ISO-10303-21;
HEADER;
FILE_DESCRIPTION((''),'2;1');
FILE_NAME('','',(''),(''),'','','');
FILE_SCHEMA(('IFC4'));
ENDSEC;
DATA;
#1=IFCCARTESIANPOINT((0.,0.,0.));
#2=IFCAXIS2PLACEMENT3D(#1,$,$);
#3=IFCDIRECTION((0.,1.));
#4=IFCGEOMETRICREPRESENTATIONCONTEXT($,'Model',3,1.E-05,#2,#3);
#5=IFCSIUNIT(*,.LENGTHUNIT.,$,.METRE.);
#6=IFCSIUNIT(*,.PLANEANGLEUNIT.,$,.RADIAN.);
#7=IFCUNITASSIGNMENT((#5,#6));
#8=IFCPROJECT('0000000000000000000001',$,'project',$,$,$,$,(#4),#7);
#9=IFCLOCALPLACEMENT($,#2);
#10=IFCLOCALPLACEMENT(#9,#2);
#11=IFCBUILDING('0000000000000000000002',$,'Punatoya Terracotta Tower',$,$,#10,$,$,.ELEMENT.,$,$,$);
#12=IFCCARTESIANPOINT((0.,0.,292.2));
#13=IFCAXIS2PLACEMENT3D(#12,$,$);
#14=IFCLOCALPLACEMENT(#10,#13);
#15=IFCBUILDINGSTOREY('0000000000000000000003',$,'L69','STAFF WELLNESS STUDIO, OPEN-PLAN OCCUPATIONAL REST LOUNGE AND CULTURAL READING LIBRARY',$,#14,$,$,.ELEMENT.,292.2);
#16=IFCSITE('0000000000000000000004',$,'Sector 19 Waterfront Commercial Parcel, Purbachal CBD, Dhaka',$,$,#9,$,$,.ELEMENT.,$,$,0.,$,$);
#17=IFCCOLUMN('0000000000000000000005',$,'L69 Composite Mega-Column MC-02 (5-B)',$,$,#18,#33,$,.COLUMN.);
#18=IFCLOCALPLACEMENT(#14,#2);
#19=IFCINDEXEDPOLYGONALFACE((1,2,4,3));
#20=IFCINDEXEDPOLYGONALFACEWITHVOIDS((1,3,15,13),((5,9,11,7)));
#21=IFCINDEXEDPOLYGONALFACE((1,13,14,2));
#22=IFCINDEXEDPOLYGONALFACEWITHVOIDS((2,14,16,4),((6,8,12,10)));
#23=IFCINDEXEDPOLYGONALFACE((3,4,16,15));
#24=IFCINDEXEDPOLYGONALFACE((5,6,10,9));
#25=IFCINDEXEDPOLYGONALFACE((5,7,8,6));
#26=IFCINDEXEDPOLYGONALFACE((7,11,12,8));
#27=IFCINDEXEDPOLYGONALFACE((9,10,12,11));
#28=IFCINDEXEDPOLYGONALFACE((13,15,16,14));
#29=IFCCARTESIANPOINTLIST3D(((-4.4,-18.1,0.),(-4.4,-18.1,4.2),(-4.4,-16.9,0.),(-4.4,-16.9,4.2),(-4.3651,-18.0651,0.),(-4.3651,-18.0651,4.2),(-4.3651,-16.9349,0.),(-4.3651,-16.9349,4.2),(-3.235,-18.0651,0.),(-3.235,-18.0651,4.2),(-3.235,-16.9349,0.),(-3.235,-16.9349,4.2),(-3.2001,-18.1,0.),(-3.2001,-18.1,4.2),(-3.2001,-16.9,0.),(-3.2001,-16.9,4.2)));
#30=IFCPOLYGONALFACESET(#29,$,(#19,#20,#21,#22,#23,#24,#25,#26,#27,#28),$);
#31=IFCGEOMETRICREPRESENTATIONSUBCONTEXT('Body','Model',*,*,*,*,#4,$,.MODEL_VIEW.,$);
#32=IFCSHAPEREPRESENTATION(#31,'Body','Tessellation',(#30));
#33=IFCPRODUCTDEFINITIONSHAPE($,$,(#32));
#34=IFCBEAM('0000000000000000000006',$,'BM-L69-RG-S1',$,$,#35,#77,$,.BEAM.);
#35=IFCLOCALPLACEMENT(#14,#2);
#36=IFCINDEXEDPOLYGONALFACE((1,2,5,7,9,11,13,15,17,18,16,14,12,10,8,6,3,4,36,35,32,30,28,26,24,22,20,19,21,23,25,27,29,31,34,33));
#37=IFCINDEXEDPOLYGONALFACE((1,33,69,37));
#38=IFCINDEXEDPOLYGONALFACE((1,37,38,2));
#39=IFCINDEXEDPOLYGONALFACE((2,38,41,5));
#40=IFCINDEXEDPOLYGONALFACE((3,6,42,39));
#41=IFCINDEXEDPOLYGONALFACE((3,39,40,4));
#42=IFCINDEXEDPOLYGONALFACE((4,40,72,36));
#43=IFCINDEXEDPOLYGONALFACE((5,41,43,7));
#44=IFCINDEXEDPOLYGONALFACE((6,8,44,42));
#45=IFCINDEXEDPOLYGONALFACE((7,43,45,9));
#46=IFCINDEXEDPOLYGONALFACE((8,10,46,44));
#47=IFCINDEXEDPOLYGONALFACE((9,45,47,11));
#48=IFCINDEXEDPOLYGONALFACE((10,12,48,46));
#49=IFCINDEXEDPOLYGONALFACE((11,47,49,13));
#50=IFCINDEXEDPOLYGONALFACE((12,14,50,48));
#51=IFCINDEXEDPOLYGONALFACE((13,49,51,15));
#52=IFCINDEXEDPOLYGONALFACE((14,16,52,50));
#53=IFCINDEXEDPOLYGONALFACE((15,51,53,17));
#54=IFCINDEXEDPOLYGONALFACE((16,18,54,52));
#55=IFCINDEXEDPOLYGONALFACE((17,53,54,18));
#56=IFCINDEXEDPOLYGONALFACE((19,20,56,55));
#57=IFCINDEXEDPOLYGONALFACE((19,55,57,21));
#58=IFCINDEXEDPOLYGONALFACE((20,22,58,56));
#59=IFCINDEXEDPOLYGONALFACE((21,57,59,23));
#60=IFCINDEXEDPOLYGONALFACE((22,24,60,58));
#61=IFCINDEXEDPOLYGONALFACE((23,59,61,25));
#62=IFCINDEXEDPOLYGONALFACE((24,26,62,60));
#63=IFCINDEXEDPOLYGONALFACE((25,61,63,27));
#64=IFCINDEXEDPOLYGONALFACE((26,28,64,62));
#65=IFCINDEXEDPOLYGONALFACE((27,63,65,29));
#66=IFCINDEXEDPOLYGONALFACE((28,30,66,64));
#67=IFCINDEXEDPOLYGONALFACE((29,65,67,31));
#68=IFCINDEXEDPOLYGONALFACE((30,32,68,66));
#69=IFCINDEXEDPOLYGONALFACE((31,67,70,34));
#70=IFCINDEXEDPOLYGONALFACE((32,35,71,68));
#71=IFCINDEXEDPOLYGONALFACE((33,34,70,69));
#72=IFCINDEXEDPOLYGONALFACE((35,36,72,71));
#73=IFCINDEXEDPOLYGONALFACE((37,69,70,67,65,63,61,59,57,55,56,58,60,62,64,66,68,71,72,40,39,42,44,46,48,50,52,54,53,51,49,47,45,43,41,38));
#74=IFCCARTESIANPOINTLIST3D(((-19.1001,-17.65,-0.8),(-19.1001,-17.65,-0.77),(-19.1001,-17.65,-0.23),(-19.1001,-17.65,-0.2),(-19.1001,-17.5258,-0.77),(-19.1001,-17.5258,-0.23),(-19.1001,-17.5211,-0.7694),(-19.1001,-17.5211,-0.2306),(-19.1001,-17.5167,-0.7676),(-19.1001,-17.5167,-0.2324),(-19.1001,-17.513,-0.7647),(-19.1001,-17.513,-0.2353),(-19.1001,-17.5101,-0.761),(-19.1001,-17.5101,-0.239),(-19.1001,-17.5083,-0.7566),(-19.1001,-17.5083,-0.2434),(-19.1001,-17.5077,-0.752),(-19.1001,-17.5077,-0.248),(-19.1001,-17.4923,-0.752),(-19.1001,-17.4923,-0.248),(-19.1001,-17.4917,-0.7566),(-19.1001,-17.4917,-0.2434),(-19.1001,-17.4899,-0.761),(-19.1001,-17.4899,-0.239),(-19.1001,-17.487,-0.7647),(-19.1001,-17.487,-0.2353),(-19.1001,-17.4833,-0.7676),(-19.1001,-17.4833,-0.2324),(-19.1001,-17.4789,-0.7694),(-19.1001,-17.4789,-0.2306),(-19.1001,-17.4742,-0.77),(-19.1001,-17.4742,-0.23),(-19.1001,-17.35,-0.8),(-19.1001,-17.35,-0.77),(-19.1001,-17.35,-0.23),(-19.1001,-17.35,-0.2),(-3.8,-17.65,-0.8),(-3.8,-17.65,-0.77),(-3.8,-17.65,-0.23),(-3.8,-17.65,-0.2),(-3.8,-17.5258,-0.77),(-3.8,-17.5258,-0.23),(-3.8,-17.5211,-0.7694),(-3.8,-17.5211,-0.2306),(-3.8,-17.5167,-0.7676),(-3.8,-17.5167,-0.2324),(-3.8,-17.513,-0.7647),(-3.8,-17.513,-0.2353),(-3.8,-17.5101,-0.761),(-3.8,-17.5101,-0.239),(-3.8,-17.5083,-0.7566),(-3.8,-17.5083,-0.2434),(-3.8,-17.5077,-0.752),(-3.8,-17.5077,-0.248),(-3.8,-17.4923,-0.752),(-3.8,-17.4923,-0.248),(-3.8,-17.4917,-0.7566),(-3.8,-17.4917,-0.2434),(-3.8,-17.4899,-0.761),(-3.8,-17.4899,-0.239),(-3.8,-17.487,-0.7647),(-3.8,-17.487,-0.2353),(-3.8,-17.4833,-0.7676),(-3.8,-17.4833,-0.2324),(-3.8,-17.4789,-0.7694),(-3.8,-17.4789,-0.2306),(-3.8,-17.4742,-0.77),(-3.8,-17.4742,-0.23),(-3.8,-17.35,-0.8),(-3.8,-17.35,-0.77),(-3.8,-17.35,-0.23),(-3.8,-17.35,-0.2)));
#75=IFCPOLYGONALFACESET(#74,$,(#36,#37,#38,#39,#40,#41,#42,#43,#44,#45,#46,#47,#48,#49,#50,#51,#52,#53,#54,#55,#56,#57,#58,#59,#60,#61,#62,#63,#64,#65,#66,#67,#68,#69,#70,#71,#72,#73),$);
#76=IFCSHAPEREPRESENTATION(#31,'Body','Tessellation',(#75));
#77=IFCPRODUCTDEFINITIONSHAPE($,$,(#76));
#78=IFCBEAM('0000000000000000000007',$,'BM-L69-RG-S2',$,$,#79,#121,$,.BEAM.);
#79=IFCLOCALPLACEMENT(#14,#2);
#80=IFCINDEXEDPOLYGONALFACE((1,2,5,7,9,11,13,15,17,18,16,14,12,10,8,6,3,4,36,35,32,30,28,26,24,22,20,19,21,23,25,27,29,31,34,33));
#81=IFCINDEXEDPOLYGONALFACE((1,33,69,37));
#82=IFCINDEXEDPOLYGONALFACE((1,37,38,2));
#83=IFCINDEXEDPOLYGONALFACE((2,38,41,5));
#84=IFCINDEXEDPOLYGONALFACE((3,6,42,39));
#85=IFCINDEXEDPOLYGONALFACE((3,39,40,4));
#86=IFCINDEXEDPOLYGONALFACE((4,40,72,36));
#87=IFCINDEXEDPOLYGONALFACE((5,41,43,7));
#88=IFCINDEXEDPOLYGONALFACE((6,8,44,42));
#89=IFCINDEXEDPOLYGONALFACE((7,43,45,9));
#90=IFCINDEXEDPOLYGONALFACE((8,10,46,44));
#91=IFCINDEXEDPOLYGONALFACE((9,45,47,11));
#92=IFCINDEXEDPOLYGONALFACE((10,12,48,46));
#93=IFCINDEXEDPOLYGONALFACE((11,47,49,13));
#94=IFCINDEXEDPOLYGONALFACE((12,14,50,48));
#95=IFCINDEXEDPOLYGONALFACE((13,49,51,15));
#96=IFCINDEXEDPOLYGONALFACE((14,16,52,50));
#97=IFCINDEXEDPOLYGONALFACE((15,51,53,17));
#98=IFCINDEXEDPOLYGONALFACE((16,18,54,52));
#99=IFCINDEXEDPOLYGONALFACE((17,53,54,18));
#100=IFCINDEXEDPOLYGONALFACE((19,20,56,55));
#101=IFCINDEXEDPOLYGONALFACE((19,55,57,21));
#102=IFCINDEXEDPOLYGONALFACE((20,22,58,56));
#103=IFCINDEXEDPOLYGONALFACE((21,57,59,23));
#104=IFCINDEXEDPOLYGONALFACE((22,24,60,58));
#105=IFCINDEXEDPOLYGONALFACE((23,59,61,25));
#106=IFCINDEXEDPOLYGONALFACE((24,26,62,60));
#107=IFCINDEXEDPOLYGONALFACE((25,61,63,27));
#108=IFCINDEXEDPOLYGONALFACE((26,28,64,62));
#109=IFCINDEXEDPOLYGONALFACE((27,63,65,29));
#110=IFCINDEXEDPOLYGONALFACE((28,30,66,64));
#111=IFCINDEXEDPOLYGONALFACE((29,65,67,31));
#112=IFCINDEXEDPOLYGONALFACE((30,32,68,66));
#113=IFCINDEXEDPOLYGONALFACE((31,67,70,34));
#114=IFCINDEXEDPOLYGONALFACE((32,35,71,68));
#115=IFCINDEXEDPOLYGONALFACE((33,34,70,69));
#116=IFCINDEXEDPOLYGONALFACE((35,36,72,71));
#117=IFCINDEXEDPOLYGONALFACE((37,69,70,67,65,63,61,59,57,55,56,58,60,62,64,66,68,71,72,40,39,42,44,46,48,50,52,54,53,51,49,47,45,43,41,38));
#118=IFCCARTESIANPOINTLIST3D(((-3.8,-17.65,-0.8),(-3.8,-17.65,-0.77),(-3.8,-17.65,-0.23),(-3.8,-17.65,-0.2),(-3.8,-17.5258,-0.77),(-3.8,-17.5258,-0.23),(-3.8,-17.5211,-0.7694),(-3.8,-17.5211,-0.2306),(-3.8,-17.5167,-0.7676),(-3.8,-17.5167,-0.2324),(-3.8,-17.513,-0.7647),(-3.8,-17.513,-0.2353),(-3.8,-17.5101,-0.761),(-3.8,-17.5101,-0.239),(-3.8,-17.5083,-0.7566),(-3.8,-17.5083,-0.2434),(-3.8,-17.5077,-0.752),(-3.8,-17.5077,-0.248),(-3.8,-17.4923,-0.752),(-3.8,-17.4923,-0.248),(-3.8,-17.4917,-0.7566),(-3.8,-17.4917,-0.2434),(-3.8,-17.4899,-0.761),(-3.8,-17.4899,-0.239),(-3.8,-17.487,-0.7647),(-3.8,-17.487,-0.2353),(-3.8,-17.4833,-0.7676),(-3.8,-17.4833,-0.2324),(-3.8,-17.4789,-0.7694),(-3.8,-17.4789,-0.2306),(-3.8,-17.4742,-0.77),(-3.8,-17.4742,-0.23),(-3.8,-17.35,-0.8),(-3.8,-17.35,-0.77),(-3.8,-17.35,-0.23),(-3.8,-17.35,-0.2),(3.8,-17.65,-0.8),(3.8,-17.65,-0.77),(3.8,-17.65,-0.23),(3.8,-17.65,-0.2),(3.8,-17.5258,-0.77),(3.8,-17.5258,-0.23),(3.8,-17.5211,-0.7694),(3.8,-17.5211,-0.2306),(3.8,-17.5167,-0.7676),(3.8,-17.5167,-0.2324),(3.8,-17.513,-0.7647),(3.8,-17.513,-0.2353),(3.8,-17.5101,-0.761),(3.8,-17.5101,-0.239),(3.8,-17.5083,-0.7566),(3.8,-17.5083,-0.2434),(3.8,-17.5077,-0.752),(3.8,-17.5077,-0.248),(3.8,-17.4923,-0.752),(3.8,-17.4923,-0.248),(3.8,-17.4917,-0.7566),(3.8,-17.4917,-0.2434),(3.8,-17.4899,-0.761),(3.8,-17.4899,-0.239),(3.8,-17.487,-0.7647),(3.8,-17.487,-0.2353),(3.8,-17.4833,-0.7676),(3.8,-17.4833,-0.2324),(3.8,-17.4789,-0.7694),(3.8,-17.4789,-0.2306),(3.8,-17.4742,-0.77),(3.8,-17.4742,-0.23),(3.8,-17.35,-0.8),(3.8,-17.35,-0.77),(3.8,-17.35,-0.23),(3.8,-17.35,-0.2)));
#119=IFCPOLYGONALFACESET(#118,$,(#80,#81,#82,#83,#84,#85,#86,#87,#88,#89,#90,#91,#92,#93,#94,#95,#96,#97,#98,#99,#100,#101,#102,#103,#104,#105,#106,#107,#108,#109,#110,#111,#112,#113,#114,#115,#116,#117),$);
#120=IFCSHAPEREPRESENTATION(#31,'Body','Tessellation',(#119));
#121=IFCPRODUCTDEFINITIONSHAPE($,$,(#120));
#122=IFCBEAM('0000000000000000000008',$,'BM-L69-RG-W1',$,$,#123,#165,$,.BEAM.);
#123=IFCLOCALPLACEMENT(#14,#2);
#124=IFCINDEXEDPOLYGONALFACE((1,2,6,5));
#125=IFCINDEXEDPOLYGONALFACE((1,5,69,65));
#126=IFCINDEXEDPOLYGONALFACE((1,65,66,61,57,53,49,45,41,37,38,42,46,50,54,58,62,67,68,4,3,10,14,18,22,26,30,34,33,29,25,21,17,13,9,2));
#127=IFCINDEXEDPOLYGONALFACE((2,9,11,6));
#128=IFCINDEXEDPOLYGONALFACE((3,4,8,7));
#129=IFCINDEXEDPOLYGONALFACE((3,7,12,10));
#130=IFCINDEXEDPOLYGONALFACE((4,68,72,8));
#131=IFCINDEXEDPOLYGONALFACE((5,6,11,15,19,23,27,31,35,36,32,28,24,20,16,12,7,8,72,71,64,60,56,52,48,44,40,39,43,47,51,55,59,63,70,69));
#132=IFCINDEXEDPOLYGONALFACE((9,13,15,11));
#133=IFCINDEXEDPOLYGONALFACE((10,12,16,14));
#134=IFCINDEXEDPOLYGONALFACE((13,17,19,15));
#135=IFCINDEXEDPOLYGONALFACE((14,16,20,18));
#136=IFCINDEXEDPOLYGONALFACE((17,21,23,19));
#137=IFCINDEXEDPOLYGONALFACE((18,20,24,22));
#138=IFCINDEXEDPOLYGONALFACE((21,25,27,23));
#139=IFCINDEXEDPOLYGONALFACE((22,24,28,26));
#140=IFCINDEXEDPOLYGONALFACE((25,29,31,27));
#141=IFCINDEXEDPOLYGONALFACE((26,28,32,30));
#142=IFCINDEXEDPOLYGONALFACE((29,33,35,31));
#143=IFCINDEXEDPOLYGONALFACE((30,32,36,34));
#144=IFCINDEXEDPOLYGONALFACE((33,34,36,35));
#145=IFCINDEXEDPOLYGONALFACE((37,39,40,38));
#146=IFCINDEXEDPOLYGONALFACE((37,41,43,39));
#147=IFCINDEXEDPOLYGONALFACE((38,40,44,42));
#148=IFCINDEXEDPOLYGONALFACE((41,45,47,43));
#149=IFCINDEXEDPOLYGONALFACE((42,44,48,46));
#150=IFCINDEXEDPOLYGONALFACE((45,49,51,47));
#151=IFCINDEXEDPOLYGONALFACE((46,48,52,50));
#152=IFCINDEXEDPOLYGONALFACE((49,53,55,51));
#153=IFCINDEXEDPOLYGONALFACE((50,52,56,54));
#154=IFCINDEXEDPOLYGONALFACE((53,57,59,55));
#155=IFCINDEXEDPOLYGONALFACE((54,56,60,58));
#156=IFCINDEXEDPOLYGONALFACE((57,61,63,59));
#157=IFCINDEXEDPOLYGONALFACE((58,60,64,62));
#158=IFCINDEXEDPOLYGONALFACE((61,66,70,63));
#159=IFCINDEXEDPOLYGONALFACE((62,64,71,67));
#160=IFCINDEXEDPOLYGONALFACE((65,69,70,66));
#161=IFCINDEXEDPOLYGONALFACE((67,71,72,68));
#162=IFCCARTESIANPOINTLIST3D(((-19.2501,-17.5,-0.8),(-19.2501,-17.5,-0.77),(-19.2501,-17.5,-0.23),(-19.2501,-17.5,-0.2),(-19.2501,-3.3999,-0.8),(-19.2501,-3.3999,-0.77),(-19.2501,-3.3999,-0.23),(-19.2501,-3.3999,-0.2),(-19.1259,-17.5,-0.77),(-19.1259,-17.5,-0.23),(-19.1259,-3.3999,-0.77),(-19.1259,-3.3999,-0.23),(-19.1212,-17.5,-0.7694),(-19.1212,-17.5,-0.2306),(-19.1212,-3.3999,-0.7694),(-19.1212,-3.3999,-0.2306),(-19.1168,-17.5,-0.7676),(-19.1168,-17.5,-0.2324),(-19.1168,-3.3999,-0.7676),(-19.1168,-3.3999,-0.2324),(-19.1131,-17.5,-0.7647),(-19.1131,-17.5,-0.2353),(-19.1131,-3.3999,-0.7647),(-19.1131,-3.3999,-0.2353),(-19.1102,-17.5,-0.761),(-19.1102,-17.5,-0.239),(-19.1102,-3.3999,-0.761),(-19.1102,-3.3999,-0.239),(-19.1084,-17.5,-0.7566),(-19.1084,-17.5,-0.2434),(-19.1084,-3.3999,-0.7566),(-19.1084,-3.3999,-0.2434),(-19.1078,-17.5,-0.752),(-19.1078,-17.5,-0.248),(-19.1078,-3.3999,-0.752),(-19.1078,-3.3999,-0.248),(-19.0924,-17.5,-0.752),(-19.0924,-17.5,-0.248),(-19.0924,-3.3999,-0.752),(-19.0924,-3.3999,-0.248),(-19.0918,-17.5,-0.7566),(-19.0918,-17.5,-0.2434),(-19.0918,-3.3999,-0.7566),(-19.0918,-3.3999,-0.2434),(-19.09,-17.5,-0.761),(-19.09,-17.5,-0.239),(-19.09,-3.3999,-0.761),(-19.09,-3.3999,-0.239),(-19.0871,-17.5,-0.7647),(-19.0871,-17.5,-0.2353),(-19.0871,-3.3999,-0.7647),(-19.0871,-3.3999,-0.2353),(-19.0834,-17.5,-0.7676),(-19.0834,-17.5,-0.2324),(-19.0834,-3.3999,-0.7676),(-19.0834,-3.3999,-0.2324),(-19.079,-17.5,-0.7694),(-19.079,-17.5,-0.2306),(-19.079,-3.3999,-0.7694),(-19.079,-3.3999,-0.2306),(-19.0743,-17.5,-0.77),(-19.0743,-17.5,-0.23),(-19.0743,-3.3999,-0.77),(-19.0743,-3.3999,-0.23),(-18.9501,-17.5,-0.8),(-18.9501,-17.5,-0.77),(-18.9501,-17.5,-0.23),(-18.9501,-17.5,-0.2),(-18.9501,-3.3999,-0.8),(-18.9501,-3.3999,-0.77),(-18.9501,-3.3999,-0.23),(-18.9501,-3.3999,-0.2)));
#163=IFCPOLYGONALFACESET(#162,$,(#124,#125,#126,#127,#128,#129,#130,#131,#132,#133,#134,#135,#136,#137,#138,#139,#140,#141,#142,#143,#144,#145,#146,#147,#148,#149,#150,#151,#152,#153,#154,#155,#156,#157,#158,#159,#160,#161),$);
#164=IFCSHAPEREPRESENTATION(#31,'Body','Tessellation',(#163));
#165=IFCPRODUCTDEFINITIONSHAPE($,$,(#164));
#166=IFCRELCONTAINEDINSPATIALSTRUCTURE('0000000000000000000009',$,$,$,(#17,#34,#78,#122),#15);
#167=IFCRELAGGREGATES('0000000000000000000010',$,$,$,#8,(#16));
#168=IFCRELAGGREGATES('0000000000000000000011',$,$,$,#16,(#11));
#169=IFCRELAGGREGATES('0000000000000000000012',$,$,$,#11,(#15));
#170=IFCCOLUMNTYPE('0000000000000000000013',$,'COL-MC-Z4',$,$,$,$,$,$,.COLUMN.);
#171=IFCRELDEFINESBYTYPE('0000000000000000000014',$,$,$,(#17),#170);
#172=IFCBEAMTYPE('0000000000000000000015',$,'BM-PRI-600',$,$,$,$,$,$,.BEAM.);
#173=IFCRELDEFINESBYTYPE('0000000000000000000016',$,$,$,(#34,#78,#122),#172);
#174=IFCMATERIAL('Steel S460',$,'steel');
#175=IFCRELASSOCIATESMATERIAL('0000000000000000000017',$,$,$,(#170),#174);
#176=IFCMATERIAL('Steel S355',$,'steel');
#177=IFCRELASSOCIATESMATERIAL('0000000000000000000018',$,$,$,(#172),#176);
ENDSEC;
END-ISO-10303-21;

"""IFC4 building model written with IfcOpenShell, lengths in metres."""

from ifc_helpers import new_model, si_unit, direction, frame, origin, origin_2d, place, context, subcontext, project, spatial, hollow_rectangle, i_section, extrude, material, material_profile, profile_set, type_object, element, save


model = new_model("IFC4")

# Units and contexts
model_context = context("Model", 3, precision=1e-05, world=origin(), true_north=direction((0.0, 1.0)))
body_context = subcontext(model_context, "Body", "Model", "MODEL_VIEW")
ifc_project = project(units=[si_unit("LENGTHUNIT", "METRE"), si_unit("PLANEANGLEUNIT", "RADIAN")], contexts=[model_context])

# Site, building, storey
site_placement = place(None, origin())
site = spatial("IfcSite", under=ifc_project, at=site_placement, Name="Sector 19 Waterfront Commercial Parcel, Purbachal CBD, Dhaka", CompositionType="ELEMENT", RefElevation=0.0)
building_placement = place(site_placement, origin())
building = spatial("IfcBuilding", under=site, at=building_placement, Name="Punatoya Terracotta Tower", CompositionType="ELEMENT")
storey_placement = place(building_placement, frame((0.0, 0.0, 292.2)))
storey = spatial("IfcBuildingStorey", under=building, at=storey_placement, Name="L69", Description="STAFF WELLNESS STUDIO, OPEN-PLAN OCCUPATIONAL REST LOUNGE AND CULTURAL READING LIBRARY", CompositionType="ELEMENT", Elevation=292.2)

# Column
ifc_material_1 = material(Name="Steel S460", Category="steel")
ifc_material_profile_1 = material_profile(ifc_material_1, hollow_rectangle(XDim=1.2, YDim=1.2, WallThickness=0.0349, at=origin_2d()))
ifc_profile_set_1 = profile_set([ifc_material_profile_1], Name="Steel S460")
column_type = type_object("IfcColumnType", Name="COL-MC-Z4", PredefinedType="COLUMN", material=ifc_profile_set_1)
column_placement = place(storey_placement, frame((-3.8, -17.5, 0.0), z_axis=(0.0, 0.0, 1.0), x_axis=(1.0, 0.0, 0.0)))
element("IfcColumn", 1, at=column_placement, inside=storey, type_object=column_type, Name="L69 Composite Mega-Column MC-02 (5-B)", PredefinedType="COLUMN", context=body_context, shape_type="SweptSolid", body=[
    extrude(hollow_rectangle(XDim=1.2, YDim=1.2, WallThickness=0.0349, at=origin_2d()), origin(), (0.0, 0.0, 1.0), 4.2),
])

# Beams
ifc_material_2 = material(Name="Steel S355", Category="steel")
ifc_material_profile_2 = material_profile(ifc_material_2, i_section(OverallWidth=0.3, OverallDepth=0.6001, WebThickness=0.0154, FlangeThickness=0.03, FilletRadius=0.0181, at=origin_2d()))
ifc_profile_set_2 = profile_set([ifc_material_profile_2], Name="Steel S355")
beam_type_1 = type_object("IfcBeamType", Name="BM-PRI-600", PredefinedType="BEAM", material=ifc_profile_set_2)
beam_1_placement = place(storey_placement, frame((-19.1001, -17.5, -0.5), z_axis=(1.0, 0.0, 0.0), x_axis=(0.0, 1.0, 0.0)))
element("IfcBeam", 2, at=beam_1_placement, inside=storey, type_object=beam_type_1, Name="BM-L69-RG-S1", PredefinedType="BEAM", context=body_context, shape_type="SweptSolid", body=[
    extrude(i_section(OverallWidth=0.3, OverallDepth=0.6001, WebThickness=0.0154, FlangeThickness=0.03, FilletRadius=0.0181, at=origin_2d()), origin(), (0.0, 0.0, 1.0), 15.3),
])
beam_2_placement = place(storey_placement, frame((-3.8, -17.5, -0.5), z_axis=(1.0, 0.0, 0.0), x_axis=(0.0, 1.0, 0.0)))
element("IfcBeam", 3, at=beam_2_placement, inside=storey, type_object=beam_type_1, Name="BM-L69-RG-S2", PredefinedType="BEAM", context=body_context, shape_type="SweptSolid", body=[
    extrude(i_section(OverallWidth=0.3, OverallDepth=0.6001, WebThickness=0.0154, FlangeThickness=0.03, FilletRadius=0.0181, at=origin_2d()), origin(), (0.0, 0.0, 1.0), 7.6001),
])
beam_3_placement = place(storey_placement, frame((-19.1001, -17.5, -0.5), z_axis=(0.0, 1.0, 0.0), x_axis=(-1.0, 0.0, 0.0)))
element("IfcBeam", 4, at=beam_3_placement, inside=storey, type_object=beam_type_1, Name="BM-L69-RG-W1", PredefinedType="BEAM", context=body_context, shape_type="SweptSolid", body=[
    extrude(i_section(OverallWidth=0.3, OverallDepth=0.6001, WebThickness=0.0154, FlangeThickness=0.03, FilletRadius=0.0181, at=origin_2d()), origin(), (0.0, 0.0, 1.0), 14.1001),
])

save(model, "model.ifc")
